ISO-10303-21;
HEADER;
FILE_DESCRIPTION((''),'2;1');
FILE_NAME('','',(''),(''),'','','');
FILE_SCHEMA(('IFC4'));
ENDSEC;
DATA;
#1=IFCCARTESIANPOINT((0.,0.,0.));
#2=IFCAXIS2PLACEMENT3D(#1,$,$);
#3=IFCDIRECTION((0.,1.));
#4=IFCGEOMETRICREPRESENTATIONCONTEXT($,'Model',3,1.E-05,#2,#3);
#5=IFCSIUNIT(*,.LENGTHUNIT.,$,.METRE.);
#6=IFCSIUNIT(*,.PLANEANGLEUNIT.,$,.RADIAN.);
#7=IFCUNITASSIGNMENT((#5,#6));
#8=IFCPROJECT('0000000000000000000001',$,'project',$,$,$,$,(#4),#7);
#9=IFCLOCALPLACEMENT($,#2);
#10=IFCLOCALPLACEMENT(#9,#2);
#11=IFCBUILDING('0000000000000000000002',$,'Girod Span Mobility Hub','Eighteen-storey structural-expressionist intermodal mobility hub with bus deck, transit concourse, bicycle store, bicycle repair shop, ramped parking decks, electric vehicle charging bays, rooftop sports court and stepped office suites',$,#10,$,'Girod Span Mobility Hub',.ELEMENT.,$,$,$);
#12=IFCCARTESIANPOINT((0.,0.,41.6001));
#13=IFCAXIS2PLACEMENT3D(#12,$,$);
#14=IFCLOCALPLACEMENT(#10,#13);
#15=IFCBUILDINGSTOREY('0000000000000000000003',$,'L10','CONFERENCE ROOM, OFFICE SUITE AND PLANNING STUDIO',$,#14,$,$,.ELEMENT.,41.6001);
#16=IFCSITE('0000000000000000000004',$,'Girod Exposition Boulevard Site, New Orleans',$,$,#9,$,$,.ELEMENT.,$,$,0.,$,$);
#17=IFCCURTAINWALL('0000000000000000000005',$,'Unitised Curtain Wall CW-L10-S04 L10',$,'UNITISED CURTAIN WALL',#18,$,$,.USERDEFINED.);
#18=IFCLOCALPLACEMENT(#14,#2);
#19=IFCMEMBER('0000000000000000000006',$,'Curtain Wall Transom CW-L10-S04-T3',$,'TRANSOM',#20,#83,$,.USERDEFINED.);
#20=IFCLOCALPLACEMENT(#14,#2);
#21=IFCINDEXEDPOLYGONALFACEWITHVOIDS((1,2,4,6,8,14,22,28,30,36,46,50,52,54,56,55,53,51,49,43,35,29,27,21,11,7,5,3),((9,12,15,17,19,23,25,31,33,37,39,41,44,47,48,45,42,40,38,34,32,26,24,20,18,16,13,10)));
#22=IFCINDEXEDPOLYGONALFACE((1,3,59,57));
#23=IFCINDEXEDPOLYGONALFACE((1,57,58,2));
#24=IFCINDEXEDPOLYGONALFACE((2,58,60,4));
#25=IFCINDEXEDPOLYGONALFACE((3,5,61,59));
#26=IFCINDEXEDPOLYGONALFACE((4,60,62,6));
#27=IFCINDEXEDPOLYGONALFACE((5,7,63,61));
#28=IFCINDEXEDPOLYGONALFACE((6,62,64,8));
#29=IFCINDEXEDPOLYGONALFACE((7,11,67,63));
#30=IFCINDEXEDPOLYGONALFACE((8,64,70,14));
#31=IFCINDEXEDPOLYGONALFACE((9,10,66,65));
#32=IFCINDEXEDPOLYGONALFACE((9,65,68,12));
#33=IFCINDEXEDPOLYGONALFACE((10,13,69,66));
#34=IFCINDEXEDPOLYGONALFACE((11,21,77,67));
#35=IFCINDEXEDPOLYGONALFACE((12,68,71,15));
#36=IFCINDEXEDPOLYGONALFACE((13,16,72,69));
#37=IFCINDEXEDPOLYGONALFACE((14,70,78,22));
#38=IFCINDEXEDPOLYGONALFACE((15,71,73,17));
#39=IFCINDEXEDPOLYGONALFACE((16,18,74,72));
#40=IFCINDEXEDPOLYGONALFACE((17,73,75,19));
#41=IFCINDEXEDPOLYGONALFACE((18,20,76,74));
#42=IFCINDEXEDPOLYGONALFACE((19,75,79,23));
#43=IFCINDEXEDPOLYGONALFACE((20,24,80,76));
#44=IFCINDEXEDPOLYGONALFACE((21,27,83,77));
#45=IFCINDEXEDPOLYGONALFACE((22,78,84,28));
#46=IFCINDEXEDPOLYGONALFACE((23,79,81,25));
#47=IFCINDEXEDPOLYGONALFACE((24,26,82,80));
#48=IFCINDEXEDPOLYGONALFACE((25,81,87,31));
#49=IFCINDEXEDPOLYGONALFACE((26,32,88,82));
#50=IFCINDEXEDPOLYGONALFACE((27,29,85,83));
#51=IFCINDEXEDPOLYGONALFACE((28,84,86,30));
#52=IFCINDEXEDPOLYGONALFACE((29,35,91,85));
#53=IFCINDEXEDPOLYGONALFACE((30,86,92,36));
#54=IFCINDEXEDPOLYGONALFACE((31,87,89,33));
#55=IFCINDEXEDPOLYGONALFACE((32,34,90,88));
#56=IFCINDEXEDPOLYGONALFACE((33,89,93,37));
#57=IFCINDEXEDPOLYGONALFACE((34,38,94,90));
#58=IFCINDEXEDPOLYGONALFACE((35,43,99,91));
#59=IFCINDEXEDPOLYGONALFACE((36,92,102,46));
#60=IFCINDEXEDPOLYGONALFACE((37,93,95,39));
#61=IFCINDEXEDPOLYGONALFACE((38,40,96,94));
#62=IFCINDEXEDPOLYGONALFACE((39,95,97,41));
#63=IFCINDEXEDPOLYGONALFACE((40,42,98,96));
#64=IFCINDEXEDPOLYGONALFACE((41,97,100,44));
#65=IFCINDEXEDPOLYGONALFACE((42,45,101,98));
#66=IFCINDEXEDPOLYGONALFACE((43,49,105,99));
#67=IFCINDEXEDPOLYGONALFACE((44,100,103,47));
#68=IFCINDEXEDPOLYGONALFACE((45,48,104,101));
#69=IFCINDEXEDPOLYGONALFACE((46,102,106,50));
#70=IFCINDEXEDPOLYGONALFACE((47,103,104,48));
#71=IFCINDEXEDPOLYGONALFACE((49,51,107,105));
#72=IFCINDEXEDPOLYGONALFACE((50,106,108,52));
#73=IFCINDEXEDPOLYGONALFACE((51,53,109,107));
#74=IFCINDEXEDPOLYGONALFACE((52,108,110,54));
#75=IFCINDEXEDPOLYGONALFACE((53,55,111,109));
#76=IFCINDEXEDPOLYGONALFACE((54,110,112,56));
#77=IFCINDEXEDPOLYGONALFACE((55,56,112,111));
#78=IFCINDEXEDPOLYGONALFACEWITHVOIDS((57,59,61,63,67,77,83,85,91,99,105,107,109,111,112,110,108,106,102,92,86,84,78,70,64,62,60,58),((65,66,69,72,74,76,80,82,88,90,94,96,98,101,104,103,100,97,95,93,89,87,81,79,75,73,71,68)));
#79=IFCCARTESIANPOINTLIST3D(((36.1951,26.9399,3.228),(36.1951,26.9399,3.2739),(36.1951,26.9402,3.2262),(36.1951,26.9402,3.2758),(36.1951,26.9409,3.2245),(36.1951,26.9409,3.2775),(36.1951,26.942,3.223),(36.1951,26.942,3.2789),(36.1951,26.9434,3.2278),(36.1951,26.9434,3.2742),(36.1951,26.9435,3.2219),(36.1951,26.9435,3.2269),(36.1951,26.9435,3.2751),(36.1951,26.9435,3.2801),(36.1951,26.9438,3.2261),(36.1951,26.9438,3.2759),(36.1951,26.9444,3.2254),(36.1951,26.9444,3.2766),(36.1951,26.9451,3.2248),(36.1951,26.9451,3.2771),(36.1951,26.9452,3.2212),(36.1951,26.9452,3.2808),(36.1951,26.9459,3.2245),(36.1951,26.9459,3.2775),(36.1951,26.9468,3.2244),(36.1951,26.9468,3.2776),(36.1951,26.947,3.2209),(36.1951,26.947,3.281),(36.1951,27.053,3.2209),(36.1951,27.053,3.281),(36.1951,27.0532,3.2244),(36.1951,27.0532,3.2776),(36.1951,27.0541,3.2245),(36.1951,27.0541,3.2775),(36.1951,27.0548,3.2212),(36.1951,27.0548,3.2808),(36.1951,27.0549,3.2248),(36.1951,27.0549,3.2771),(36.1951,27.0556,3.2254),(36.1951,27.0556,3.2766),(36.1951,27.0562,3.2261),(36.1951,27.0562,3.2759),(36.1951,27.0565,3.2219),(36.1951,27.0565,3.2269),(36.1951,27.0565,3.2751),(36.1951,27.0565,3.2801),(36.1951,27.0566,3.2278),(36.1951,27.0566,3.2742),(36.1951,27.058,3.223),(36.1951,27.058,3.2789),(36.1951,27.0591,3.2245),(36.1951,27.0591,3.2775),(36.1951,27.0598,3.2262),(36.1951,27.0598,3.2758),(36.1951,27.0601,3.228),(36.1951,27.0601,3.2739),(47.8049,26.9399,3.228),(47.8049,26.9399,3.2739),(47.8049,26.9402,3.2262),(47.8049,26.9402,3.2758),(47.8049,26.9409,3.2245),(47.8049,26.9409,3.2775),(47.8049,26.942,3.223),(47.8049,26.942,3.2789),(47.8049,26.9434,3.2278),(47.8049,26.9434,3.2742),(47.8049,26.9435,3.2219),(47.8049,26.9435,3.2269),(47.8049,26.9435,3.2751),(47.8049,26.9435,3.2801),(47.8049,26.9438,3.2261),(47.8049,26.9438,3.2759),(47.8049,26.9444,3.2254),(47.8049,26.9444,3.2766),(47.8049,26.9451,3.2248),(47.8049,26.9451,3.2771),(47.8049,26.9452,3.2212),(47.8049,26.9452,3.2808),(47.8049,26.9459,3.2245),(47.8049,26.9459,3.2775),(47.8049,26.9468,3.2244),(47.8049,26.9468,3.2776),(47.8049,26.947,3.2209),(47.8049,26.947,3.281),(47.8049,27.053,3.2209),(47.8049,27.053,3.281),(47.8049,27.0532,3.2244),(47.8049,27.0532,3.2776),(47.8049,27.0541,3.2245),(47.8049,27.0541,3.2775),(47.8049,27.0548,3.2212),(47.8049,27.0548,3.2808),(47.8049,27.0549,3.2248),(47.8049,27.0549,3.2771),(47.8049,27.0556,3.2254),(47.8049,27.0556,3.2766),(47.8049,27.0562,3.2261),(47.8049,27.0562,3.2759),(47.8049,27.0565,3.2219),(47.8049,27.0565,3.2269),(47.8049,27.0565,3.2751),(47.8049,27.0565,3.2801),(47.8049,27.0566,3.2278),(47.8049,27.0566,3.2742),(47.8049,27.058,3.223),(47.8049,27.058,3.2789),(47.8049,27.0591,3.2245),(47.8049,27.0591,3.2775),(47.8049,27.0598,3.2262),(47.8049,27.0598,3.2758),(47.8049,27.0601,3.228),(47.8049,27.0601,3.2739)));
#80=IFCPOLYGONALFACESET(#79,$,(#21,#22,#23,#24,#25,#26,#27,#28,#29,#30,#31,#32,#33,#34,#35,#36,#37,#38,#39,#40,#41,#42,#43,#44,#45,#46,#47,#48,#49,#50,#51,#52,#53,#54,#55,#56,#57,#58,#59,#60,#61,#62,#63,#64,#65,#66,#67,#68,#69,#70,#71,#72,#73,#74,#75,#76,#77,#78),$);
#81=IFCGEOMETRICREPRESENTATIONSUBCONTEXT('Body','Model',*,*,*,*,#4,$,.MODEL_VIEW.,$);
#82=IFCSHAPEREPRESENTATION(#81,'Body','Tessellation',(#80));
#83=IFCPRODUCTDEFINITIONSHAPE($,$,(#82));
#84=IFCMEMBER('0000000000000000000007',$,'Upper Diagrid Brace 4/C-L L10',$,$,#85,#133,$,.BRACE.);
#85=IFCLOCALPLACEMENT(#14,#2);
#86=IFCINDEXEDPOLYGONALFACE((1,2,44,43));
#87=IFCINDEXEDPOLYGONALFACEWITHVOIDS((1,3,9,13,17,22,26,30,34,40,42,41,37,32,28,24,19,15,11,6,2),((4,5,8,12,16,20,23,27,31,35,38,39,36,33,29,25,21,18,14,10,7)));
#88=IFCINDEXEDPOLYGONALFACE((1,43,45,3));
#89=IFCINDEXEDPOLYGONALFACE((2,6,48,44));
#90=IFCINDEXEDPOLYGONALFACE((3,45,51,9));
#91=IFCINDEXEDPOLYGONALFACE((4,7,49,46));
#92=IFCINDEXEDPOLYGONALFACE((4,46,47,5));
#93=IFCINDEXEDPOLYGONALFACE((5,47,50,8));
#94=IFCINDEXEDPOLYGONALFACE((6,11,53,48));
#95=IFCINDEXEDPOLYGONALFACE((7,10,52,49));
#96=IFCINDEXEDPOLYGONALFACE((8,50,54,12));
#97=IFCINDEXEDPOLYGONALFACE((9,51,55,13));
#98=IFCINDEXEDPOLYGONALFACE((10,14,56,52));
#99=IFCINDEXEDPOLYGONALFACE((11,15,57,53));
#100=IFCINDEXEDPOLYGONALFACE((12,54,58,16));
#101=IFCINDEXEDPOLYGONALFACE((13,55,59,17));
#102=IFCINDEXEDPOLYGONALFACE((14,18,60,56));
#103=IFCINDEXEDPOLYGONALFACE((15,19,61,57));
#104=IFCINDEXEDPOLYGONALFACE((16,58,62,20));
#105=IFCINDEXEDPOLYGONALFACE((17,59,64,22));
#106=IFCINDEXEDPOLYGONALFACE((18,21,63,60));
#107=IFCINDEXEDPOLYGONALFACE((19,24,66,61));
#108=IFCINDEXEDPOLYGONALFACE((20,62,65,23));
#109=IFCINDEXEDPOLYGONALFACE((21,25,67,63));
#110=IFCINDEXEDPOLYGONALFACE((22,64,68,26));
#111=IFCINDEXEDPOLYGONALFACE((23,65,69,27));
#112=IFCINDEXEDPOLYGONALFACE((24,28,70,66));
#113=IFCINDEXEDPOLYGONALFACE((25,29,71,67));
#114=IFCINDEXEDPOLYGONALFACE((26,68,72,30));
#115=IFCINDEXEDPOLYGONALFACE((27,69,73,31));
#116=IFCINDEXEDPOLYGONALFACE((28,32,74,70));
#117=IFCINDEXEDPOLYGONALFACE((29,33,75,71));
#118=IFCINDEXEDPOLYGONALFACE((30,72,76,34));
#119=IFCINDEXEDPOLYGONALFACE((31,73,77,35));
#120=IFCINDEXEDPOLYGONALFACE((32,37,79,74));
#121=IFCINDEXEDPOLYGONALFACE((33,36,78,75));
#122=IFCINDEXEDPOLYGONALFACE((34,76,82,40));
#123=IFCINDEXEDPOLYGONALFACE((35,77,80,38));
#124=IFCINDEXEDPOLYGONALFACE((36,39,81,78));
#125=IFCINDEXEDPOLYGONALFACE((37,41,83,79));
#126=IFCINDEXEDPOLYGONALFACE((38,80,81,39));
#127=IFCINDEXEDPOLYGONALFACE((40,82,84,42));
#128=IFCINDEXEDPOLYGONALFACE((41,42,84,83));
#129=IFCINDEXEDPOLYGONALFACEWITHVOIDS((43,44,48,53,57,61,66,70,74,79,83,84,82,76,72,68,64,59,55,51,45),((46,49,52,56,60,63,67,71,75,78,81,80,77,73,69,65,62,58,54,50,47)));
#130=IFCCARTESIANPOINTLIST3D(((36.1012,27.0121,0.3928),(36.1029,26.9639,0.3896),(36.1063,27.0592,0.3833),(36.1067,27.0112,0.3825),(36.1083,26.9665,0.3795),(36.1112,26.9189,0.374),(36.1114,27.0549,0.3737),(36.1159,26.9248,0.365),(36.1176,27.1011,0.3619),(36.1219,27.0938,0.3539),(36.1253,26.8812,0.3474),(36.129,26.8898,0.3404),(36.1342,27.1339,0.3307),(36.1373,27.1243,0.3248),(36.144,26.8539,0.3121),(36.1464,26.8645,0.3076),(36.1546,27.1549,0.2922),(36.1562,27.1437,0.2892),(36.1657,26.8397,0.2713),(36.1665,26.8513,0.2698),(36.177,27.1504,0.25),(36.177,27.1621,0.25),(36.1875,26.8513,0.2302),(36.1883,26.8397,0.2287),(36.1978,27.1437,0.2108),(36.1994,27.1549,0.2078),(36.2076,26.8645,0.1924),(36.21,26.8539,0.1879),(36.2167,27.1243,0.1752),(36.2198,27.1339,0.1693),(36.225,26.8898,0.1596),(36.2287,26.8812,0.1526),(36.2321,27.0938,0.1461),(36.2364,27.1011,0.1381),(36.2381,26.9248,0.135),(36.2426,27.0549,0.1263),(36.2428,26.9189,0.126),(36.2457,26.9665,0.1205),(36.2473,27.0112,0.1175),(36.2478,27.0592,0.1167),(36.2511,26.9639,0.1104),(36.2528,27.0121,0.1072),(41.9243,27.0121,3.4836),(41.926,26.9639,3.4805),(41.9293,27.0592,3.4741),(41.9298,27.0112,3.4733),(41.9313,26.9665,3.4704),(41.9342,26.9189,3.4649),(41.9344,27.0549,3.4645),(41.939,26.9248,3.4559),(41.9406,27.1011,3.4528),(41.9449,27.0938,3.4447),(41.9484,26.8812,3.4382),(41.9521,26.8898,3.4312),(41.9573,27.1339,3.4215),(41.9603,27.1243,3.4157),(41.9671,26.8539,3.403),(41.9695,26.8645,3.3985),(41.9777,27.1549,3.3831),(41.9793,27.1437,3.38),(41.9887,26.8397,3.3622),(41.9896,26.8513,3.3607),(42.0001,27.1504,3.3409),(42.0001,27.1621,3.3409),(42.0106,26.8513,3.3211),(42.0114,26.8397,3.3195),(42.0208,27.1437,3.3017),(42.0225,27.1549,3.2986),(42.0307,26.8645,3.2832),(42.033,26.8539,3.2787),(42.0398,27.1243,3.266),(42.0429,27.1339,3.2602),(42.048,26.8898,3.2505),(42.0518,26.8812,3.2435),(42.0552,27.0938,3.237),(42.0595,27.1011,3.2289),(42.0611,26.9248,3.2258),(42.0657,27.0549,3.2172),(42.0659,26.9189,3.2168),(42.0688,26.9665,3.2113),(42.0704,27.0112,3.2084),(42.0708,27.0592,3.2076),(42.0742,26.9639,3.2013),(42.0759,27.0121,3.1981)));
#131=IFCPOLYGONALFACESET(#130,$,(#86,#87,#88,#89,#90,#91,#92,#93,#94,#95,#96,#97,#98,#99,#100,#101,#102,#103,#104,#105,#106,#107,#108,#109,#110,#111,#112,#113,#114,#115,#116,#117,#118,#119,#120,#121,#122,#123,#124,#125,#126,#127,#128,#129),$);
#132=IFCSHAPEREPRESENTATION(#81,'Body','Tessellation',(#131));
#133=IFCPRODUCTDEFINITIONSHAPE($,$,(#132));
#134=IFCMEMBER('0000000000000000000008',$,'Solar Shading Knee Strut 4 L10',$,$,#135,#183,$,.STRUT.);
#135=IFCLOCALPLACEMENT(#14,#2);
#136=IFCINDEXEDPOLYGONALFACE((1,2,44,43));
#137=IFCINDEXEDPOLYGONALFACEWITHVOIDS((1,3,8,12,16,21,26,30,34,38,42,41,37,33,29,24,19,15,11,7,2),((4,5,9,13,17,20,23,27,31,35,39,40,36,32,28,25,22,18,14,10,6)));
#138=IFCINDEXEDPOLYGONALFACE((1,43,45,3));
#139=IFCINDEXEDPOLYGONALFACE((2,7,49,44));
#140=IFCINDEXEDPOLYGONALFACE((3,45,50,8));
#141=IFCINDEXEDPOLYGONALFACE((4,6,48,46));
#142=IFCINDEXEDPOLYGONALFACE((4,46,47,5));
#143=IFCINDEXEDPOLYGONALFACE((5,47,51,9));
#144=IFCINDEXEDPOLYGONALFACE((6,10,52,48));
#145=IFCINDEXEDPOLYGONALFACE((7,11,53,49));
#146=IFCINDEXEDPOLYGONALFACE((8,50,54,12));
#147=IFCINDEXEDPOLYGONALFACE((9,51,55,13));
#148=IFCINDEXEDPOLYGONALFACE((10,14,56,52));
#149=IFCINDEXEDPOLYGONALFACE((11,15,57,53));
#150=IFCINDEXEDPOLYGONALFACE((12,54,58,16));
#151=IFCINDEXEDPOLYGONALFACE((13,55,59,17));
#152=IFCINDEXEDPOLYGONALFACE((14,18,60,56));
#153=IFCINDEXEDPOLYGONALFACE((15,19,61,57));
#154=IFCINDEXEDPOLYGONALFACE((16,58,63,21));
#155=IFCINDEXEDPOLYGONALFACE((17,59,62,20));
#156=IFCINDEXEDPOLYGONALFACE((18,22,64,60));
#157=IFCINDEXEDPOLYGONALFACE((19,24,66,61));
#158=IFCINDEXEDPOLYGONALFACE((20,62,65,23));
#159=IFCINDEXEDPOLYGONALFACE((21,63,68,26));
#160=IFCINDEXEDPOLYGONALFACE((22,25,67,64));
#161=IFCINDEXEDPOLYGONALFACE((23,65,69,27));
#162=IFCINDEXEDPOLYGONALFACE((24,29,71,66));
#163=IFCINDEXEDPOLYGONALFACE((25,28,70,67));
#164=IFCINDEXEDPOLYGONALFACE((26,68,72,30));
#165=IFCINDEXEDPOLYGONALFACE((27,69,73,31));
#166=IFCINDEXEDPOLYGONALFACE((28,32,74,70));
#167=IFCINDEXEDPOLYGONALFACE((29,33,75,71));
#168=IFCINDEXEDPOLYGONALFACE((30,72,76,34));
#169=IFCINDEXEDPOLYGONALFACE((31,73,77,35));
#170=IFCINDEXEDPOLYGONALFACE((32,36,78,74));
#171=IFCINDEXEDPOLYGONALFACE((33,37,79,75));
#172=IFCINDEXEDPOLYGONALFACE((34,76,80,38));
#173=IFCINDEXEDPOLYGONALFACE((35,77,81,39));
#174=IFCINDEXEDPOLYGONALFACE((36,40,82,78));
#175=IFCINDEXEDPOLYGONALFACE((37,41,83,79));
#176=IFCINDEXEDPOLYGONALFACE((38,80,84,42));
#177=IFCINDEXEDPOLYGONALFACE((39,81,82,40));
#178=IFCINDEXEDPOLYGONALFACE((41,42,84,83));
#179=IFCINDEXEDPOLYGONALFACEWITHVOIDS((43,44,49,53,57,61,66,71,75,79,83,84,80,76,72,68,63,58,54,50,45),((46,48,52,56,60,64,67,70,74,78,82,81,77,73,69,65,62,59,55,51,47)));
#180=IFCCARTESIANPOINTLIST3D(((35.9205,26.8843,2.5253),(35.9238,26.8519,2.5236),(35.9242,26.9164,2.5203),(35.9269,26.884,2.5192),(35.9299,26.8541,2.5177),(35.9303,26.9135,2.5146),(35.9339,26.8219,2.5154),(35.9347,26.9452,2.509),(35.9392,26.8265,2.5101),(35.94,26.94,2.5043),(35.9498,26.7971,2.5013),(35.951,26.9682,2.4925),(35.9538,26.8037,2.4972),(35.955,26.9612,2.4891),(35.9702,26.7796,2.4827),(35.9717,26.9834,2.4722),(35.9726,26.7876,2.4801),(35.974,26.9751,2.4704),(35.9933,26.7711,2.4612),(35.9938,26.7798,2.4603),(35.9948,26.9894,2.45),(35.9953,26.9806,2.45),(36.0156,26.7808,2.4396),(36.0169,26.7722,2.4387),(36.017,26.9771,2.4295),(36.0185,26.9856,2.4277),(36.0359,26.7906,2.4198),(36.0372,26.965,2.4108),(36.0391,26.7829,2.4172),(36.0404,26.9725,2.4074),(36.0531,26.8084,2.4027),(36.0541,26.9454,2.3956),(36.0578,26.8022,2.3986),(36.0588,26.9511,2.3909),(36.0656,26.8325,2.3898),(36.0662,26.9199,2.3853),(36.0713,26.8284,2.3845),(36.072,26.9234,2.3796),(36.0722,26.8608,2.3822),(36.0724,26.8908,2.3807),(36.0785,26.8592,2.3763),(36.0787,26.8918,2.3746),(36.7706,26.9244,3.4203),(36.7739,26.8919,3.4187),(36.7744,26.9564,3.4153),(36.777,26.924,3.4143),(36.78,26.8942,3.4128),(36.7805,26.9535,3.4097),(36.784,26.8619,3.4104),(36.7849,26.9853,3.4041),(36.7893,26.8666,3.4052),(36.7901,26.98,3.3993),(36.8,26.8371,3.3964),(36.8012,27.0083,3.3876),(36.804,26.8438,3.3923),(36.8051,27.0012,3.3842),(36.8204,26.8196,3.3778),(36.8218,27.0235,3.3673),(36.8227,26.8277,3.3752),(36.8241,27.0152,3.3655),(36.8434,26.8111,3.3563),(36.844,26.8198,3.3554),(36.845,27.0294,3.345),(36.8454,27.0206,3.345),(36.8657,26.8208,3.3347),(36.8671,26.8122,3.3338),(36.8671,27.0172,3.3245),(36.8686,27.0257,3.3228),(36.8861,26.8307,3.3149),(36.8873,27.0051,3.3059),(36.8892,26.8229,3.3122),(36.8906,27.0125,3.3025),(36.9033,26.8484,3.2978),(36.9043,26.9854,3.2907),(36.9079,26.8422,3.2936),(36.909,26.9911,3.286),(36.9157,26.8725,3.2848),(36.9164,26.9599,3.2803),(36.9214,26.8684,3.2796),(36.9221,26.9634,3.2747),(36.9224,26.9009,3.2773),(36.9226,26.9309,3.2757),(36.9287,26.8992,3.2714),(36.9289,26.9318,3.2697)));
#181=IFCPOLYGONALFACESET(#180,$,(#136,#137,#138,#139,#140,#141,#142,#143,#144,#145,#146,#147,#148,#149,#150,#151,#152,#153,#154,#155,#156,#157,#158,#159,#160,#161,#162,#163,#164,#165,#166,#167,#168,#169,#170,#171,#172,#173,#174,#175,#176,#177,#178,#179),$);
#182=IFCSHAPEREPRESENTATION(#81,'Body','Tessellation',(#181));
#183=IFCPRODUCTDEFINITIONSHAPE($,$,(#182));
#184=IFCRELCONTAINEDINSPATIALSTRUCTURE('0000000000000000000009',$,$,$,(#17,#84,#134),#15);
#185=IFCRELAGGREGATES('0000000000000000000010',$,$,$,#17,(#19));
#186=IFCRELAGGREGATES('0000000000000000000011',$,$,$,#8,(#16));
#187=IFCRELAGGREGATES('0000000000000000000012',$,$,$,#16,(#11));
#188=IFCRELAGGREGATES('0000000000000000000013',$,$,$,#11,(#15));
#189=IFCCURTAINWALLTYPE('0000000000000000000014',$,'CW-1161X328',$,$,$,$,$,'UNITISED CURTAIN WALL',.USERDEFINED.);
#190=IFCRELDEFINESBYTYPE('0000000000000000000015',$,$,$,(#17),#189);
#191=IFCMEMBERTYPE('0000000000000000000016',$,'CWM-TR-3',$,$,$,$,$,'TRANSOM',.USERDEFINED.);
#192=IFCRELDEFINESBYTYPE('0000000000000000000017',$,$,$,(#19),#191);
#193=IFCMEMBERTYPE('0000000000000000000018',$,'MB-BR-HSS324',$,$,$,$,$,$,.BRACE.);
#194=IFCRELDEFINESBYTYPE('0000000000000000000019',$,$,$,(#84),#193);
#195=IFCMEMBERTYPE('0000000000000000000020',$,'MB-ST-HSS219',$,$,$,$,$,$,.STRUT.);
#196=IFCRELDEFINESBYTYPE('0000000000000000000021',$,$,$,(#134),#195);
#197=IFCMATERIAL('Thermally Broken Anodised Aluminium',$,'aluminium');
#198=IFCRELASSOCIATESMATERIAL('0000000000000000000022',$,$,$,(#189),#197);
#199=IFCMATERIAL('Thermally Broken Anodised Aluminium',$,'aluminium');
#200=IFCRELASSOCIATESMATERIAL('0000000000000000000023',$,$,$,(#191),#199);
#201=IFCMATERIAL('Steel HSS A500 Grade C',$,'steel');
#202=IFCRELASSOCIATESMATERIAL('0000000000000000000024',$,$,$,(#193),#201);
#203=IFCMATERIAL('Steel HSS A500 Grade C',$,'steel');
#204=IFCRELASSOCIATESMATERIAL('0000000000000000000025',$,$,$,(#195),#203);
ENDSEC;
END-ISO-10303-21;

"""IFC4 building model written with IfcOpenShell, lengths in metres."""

from ifc_helpers import new_model, si_unit, direction, frame, origin, origin_2d, place, context, subcontext, project, spatial, hollow_rectangle, hollow_circle, extrude, material, material_profile, profile_set, type_object, element, aggregate, save


model = new_model("IFC4")

# Units and contexts
model_context = context("Model", 3, precision=1e-05, world=origin(), true_north=direction((0.0, 1.0)))
body_context = subcontext(model_context, "Body", "Model", "MODEL_VIEW")
ifc_project = project(units=[si_unit("LENGTHUNIT", "METRE"), si_unit("PLANEANGLEUNIT", "RADIAN")], contexts=[model_context])

# Site, building, storey
site_placement = place(None, origin())
site = spatial("IfcSite", under=ifc_project, at=site_placement, Name="Girod Exposition Boulevard Site, New Orleans", CompositionType="ELEMENT", RefElevation=0.0)
building_placement = place(site_placement, origin())
building = spatial("IfcBuilding", under=site, at=building_placement, Name="Girod Span Mobility Hub", Description="Eighteen-storey structural-expressionist intermodal mobility hub with bus deck, transit concourse, bicycle store, bicycle repair shop, ramped parking decks, electric vehicle charging bays, rooftop sports court and stepped office suites", LongName="Girod Span Mobility Hub", CompositionType="ELEMENT")
storey_placement = place(building_placement, frame((0.0, 0.0, 41.6001)))
storey = spatial("IfcBuildingStorey", under=building, at=storey_placement, Name="L10", Description="CONFERENCE ROOM, OFFICE SUITE AND PLANNING STUDIO", CompositionType="ELEMENT", Elevation=41.6001)

# Curtain wall, member
ifc_material_1 = material(Name="Thermally Broken Anodised Aluminium", Category="aluminium")
curtain_wall_type = type_object("IfcCurtainWallType", Name="CW-1161X328", ElementType="UNITISED CURTAIN WALL", PredefinedType="USERDEFINED", material=ifc_material_1)
curtain_wall_placement = place(storey_placement, origin())
curtain_wall = element("IfcCurtainWall", 1, at=curtain_wall_placement, inside=storey, type_object=curtain_wall_type, Name="Unitised Curtain Wall CW-L10-S04 L10", ObjectType="UNITISED CURTAIN WALL", PredefinedType="USERDEFINED")
ifc_material_2 = material(Name="Thermally Broken Anodised Aluminium", Category="aluminium")
ifc_material_profile_1 = material_profile(ifc_material_2, hollow_rectangle(XDim=0.1201, YDim=0.0601, WallThickness=0.0034, InnerFilletRadius=0.0034, OuterFilletRadius=0.0071, at=origin_2d()), Name="CW-TR-60X120")
ifc_profile_set_1 = profile_set([ifc_material_profile_1], Name="Thermally Broken Anodised Aluminium")
member_type_1 = type_object("IfcMemberType", Name="CWM-TR-3", ElementType="TRANSOM", PredefinedType="USERDEFINED", material=ifc_profile_set_1)
member_1_placement = place(storey_placement, frame((36.1951, 27.0, 3.251), z_axis=(1.0, 0.0, 0.0), x_axis=(0.0, 1.0, 0.0)))
member_1 = element("IfcMember", 2, at=member_1_placement, type_object=member_type_1, Name="Curtain Wall Transom CW-L10-S04-T3", ObjectType="TRANSOM", PredefinedType="USERDEFINED", context=body_context, shape_type="SweptSolid", body=[
    extrude(hollow_rectangle(XDim=0.1201, YDim=0.0601, WallThickness=0.0034, InnerFilletRadius=0.0034, OuterFilletRadius=0.0071, at=origin_2d()), origin(), (0.0, 0.0, 1.0), 11.6099),
])
aggregate(curtain_wall, [member_1])

# Members
ifc_material_3 = material(Name="Steel HSS A500 Grade C", Category="steel")
ifc_material_profile_2 = material_profile(ifc_material_3, hollow_circle(Radius=0.1621, WallThickness=0.0117, at=origin_2d()), Name="HSS324X12.7")
ifc_profile_set_2 = profile_set([ifc_material_profile_2], Name="Steel HSS A500 Grade C")
member_type_2 = type_object("IfcMemberType", Name="MB-BR-HSS324", PredefinedType="BRACE", material=ifc_profile_set_2)
member_2_placement = place(storey_placement, frame((36.177, 27.0, 0.25), z_axis=(0.883282, 0.0, 0.468842), x_axis=(0.0, 1.0, 0.0)))
element("IfcMember", 3, at=member_2_placement, inside=storey, type_object=member_type_2, Name="Upper Diagrid Brace 4/C-L L10", PredefinedType="BRACE", context=body_context, shape_type="SweptSolid", body=[
    extrude(hollow_circle(Radius=0.1621, WallThickness=0.0117, at=origin_2d()), origin(), (0.0, 0.0, 1.0), 6.5925),
])
ifc_material_4 = material(Name="Steel HSS A500 Grade C", Category="steel")
ifc_material_profile_3 = material_profile(ifc_material_4, hollow_circle(Radius=0.1096, WallThickness=0.0088, at=origin_2d()), Name="HSS219X9.5")
ifc_profile_set_3 = profile_set([ifc_material_profile_3], Name="Steel HSS A500 Grade C")
member_type_3 = type_object("IfcMemberType", Name="MB-ST-HSS219", PredefinedType="STRUT", material=ifc_profile_set_3)
member_3_placement = place(storey_placement, frame((36.0, 26.8799, 2.45), z_axis=(0.688315, 0.032419, 0.724687), x_axis=(-0.047047, 0.998893, 0.0)))
element("IfcMember", 4, at=member_3_placement, inside=storey, type_object=member_type_3, Name="Solar Shading Knee Strut 4 L10", PredefinedType="STRUT", context=body_context, shape_type="SweptSolid", body=[
    extrude(hollow_circle(Radius=0.1096, WallThickness=0.0088, at=origin_2d()), origin(), (0.0, 0.0, 1.0), 1.2351),
])

save(model, "model.ifc")
